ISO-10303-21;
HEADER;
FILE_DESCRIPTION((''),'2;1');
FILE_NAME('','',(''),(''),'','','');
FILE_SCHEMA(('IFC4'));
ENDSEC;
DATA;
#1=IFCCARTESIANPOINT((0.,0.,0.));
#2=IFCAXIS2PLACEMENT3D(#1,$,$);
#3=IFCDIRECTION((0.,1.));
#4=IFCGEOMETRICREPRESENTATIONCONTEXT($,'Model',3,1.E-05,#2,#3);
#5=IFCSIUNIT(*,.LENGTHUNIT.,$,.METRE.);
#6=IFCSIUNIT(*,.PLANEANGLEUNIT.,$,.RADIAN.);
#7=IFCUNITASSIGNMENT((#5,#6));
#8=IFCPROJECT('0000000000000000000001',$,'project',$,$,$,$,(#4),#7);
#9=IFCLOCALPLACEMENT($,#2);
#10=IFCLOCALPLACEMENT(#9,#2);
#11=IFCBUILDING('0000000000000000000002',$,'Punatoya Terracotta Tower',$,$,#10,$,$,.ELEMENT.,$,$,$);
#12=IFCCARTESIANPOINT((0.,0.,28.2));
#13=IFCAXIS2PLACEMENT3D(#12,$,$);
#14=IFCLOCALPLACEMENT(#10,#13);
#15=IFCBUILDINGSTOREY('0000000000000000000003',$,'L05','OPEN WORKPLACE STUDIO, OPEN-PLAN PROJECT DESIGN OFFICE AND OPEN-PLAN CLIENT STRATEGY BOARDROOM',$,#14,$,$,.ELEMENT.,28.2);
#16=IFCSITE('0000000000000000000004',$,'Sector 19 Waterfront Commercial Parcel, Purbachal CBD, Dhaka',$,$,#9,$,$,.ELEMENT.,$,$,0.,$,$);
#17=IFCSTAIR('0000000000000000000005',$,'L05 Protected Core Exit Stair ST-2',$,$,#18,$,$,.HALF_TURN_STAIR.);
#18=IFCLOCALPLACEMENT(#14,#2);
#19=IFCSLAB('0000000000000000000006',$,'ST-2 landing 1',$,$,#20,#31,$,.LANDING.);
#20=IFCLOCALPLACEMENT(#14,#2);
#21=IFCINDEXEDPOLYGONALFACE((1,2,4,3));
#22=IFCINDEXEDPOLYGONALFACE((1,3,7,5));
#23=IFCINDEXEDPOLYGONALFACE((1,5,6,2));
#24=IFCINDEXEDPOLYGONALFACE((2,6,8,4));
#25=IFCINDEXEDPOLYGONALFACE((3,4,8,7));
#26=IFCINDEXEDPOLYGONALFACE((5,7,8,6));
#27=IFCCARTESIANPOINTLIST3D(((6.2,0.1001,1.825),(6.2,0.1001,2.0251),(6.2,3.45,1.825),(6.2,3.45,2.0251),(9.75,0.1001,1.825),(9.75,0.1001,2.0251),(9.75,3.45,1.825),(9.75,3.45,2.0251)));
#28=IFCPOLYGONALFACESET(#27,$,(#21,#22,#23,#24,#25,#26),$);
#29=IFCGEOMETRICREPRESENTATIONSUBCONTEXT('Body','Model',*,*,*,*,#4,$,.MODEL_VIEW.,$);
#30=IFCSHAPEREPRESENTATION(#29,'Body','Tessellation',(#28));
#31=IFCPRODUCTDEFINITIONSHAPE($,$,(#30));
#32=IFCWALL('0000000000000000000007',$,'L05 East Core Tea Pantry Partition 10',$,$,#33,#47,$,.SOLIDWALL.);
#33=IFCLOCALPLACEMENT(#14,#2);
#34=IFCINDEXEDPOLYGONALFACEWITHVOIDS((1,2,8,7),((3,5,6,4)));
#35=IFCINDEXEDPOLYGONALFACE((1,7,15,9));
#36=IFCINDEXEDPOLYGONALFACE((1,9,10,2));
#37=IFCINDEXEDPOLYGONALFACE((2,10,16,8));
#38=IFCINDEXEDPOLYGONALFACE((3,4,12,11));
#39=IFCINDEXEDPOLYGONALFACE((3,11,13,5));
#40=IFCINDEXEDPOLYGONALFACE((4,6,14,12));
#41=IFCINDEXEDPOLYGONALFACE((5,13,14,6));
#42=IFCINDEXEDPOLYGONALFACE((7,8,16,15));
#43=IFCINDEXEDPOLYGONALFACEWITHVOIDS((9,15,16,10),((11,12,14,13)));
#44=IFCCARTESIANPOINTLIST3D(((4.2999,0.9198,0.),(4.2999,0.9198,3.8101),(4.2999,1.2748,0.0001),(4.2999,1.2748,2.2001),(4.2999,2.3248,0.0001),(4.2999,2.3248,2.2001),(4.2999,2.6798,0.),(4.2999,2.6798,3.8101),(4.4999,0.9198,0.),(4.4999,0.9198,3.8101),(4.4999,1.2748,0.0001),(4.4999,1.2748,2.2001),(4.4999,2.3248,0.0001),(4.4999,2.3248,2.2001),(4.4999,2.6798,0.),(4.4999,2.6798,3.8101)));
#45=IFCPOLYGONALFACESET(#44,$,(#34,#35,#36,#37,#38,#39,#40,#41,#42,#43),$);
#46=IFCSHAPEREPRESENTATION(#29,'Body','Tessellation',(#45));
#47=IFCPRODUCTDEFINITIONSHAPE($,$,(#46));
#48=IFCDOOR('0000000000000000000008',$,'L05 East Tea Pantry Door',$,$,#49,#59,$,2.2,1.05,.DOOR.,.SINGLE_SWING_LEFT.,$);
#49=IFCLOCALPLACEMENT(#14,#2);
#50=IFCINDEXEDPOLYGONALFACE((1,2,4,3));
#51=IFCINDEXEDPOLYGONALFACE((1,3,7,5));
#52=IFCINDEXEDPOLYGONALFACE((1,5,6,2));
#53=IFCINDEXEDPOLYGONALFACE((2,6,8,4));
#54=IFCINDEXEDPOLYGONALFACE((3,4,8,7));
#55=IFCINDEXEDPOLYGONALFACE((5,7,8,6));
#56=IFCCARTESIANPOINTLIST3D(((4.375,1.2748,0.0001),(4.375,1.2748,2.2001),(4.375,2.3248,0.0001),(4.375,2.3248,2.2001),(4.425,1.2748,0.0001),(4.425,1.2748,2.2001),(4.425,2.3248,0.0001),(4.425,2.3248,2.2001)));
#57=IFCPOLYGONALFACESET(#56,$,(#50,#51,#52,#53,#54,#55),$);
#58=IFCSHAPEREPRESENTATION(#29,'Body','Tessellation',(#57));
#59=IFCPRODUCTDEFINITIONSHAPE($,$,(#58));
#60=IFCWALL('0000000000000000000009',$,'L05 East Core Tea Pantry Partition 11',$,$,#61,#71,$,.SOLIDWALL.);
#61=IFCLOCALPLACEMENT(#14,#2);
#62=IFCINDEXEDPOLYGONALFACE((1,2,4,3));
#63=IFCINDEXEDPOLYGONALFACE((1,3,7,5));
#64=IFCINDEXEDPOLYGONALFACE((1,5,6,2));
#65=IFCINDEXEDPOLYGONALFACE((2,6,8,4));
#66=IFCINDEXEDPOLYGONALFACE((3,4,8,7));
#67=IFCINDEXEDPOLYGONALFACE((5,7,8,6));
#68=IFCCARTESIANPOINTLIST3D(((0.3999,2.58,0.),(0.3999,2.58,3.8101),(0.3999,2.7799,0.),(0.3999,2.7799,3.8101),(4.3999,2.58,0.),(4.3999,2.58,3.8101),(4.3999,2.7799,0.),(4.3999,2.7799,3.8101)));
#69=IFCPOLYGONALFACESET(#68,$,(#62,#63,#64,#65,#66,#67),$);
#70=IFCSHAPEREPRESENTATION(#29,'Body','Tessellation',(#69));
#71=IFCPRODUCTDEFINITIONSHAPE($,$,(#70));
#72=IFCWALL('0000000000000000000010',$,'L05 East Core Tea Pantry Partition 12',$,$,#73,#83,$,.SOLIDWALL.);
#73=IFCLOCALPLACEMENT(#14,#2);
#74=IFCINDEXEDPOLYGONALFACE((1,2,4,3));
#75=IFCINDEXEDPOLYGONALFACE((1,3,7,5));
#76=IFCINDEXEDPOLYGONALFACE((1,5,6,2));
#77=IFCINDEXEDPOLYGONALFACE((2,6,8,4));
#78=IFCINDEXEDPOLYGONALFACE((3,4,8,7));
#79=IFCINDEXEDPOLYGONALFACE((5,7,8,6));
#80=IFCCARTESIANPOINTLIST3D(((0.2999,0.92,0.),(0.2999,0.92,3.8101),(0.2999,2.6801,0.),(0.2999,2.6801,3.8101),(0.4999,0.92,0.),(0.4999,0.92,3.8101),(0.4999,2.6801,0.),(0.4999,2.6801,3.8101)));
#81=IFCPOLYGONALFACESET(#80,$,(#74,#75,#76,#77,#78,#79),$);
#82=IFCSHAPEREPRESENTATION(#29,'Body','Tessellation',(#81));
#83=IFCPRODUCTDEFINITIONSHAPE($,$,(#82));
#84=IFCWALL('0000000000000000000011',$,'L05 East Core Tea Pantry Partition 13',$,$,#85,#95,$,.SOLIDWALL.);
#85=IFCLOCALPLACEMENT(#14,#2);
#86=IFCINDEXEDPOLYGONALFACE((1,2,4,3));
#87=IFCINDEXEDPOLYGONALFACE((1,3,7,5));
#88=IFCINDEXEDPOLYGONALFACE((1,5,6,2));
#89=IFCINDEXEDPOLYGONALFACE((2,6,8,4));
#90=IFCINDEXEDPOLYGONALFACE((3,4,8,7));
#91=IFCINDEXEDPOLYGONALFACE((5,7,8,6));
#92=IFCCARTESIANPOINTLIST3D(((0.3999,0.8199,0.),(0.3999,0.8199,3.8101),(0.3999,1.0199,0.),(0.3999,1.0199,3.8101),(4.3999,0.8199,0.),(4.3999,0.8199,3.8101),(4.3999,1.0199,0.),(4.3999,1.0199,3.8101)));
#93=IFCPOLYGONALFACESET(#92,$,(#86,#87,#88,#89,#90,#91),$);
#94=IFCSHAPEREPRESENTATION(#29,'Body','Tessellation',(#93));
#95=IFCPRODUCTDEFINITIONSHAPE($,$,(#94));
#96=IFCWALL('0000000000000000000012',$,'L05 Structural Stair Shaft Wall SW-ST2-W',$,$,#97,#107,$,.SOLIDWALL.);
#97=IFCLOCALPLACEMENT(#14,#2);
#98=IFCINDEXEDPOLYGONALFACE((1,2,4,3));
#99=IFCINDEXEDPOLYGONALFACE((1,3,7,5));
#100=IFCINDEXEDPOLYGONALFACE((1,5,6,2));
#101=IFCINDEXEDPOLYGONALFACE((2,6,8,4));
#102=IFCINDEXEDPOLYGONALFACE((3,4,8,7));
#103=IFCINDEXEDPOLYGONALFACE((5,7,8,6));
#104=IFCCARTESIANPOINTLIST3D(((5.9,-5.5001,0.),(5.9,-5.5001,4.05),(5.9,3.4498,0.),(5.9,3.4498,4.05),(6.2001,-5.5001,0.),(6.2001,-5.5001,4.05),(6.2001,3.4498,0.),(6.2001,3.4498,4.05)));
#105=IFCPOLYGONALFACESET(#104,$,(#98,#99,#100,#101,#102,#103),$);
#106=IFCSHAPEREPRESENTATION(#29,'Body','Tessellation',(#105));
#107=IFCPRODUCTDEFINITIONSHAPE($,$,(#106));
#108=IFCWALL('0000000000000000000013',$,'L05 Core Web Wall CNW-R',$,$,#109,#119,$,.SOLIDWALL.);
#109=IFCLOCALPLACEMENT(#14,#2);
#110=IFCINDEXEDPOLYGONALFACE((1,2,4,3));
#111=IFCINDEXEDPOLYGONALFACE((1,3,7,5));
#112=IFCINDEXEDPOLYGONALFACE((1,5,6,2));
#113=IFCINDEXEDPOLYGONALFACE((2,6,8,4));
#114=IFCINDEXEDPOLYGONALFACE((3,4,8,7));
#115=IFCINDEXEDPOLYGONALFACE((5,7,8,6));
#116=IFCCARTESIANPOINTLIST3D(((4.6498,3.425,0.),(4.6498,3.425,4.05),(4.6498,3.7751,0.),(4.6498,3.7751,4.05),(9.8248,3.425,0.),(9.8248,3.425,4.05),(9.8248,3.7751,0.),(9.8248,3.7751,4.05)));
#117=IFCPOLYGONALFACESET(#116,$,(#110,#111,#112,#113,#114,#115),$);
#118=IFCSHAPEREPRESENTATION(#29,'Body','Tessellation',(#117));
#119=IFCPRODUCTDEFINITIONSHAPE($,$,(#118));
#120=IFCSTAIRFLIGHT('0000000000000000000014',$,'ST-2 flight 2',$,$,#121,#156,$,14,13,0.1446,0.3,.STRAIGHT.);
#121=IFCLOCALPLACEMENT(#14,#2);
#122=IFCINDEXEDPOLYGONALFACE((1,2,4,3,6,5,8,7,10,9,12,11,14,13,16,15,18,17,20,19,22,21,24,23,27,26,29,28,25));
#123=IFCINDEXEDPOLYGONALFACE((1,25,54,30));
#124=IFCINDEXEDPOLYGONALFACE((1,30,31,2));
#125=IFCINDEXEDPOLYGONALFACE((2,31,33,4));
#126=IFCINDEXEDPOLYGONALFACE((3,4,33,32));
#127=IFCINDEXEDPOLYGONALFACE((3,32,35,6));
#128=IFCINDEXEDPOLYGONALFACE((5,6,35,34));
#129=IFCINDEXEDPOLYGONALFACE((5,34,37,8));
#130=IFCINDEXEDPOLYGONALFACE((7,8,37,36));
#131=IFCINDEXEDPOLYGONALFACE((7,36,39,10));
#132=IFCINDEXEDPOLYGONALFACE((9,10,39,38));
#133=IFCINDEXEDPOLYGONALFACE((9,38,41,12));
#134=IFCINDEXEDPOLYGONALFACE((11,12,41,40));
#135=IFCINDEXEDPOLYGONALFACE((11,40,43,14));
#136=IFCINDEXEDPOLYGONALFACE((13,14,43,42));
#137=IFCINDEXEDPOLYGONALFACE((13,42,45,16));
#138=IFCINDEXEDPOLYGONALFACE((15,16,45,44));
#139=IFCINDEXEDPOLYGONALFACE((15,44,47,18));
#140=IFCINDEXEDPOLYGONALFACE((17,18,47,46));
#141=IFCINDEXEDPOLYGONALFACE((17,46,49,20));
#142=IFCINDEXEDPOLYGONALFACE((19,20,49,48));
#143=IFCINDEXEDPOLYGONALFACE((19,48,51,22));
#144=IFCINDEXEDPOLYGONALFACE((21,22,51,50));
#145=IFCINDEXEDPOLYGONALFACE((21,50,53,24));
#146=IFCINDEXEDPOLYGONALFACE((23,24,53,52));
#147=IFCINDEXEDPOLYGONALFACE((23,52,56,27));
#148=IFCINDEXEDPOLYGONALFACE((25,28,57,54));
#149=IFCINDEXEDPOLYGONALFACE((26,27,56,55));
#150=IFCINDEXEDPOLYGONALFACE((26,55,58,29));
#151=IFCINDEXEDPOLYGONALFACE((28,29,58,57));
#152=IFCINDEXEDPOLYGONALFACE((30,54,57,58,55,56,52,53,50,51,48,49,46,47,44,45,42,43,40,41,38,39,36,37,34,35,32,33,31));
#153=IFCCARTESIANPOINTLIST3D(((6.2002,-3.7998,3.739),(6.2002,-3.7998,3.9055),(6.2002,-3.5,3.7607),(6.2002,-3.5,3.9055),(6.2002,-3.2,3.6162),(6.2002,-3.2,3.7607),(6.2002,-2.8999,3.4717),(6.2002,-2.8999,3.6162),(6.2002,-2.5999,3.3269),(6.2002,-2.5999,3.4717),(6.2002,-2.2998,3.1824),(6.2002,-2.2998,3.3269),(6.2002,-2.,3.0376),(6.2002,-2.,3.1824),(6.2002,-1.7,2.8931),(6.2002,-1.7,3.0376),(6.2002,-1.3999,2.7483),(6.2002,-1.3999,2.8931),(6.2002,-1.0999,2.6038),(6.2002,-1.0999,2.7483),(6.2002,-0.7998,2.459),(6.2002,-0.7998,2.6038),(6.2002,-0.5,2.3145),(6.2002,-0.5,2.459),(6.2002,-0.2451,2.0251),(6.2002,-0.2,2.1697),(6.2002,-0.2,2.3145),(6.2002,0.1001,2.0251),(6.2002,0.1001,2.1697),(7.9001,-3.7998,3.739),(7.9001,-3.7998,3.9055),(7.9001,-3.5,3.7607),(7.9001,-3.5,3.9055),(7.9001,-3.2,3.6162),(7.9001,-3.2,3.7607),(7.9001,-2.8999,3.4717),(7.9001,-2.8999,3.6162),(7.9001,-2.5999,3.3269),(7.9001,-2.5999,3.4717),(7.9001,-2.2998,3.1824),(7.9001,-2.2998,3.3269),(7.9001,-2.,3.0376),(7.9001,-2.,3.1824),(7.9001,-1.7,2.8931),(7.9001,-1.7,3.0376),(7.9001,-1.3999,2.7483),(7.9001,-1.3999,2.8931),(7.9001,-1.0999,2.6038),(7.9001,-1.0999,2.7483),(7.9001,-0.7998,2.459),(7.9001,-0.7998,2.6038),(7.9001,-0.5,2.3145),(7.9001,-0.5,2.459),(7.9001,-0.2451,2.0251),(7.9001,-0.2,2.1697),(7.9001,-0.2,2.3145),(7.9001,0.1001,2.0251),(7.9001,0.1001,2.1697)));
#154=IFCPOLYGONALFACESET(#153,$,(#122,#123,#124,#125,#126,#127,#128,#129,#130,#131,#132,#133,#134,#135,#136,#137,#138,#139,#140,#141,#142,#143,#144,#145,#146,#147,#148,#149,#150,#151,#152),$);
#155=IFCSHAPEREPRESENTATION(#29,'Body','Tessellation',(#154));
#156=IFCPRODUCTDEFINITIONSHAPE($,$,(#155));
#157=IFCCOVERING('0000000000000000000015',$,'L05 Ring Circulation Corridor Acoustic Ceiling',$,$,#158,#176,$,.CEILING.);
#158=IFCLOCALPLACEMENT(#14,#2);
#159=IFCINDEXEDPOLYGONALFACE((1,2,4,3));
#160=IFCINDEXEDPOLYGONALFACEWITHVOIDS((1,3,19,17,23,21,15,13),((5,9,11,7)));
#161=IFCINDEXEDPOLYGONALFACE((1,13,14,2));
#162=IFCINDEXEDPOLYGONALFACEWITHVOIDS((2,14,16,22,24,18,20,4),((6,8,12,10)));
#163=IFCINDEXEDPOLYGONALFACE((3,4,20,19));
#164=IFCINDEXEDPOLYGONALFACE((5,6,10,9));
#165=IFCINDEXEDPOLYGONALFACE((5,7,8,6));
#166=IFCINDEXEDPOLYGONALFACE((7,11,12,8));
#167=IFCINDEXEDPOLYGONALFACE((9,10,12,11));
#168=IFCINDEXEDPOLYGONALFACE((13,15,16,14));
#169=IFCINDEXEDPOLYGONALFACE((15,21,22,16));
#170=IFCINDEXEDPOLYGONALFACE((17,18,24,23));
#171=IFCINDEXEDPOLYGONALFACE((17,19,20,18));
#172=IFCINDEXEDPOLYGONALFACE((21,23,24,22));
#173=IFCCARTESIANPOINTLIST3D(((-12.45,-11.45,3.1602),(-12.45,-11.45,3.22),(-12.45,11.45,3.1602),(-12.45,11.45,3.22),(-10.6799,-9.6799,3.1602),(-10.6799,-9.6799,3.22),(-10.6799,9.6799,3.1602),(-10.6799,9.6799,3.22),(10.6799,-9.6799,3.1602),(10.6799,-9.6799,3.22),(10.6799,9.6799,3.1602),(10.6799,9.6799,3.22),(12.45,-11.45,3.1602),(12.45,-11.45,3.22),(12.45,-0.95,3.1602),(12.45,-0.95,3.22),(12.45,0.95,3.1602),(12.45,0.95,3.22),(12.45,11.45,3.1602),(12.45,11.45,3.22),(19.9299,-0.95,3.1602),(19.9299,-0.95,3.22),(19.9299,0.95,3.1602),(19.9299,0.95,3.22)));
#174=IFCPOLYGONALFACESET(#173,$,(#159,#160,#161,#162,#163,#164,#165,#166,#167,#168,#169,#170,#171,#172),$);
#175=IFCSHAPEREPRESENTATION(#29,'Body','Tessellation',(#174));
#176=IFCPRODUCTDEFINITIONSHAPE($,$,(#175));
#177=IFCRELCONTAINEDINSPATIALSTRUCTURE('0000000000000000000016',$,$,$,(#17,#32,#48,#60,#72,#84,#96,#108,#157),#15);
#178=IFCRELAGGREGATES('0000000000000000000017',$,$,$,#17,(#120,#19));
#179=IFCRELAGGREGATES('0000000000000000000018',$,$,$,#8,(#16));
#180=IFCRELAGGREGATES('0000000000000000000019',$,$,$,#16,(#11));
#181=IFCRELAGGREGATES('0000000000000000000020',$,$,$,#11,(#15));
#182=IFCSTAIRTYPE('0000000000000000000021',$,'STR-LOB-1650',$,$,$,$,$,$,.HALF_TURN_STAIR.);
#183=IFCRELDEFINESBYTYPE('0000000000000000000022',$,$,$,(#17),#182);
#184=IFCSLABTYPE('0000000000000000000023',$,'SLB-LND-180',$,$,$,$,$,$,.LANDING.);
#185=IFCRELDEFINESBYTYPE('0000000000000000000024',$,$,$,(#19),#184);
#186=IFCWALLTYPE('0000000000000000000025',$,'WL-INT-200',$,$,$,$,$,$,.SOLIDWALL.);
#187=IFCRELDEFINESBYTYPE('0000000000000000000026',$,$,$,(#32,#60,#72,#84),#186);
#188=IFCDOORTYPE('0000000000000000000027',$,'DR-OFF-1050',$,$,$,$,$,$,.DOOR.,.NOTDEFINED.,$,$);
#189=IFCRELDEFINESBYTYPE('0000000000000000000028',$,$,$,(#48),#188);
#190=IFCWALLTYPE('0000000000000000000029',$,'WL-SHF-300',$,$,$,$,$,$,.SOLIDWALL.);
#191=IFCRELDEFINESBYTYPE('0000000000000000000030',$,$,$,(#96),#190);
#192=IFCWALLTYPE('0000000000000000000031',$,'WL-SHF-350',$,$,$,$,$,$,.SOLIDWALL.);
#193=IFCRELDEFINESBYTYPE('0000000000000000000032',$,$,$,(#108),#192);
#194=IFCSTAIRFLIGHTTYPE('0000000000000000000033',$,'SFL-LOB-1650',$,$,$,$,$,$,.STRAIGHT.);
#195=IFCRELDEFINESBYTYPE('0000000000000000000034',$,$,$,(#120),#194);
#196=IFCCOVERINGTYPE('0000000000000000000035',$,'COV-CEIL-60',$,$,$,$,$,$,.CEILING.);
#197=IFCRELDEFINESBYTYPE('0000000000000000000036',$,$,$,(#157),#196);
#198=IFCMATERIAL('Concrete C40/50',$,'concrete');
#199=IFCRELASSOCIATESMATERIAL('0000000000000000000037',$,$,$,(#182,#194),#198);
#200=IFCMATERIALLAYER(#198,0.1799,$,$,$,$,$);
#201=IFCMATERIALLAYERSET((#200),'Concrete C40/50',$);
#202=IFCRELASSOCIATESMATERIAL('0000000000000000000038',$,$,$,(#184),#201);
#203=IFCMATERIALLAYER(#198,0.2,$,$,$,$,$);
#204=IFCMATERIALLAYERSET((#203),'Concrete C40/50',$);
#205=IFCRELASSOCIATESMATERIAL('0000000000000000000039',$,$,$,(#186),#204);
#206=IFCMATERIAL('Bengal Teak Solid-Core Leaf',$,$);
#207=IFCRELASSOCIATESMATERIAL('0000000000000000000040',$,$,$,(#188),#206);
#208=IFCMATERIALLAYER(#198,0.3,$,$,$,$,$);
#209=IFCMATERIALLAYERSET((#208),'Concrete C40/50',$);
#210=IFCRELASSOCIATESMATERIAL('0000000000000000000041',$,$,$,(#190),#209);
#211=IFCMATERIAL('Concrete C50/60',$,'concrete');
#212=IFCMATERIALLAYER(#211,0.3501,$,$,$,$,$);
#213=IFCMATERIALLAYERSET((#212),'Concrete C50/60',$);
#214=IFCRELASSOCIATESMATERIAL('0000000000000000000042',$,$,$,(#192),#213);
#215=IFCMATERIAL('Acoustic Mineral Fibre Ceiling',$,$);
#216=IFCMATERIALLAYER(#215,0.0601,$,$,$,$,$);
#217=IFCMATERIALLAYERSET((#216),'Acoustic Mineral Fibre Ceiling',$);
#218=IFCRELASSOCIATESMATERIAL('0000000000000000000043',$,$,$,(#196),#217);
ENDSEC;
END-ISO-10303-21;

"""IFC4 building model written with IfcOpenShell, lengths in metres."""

from ifc_helpers import new_model, si_unit, direction, frame, frame_2d, origin, place, context, subcontext, project, spatial, polyline, rectangle, outline, extrude, material, layer, layer_set, type_object, element, fill, aggregate, save


model = new_model("IFC4")

# Units and contexts
model_context = context("Model", 3, precision=1e-05, world=origin(), true_north=direction((0.0, 1.0)))
body_context = subcontext(model_context, "Body", "Model", "MODEL_VIEW")
ifc_project = project(units=[si_unit("LENGTHUNIT", "METRE"), si_unit("PLANEANGLEUNIT", "RADIAN")], contexts=[model_context])

# Site, building, storey
site_placement = place(None, origin())
site = spatial("IfcSite", under=ifc_project, at=site_placement, Name="Sector 19 Waterfront Commercial Parcel, Purbachal CBD, Dhaka", CompositionType="ELEMENT", RefElevation=0.0)
building_placement = place(site_placement, origin())
building = spatial("IfcBuilding", under=site, at=building_placement, Name="Punatoya Terracotta Tower", CompositionType="ELEMENT")
storey_placement = place(building_placement, frame((0.0, 0.0, 28.2)))
storey = spatial("IfcBuildingStorey", under=building, at=storey_placement, Name="L05", Description="OPEN WORKPLACE STUDIO, OPEN-PLAN PROJECT DESIGN OFFICE AND OPEN-PLAN CLIENT STRATEGY BOARDROOM", CompositionType="ELEMENT", Elevation=28.2)

# Stair, slab
ifc_material_1 = material(Name="Concrete C40/50", Category="concrete")
stair_type_1 = type_object("IfcStairType", Name="STR-LOB-1650", PredefinedType="HALF_TURN_STAIR", material=ifc_material_1)
stair_1_placement = place(storey_placement, origin())
stair_1 = element("IfcStair", 1, at=stair_1_placement, inside=storey, type_object=stair_type_1, Name="L05 Protected Core Exit Stair ST-2", PredefinedType="HALF_TURN_STAIR")
ifc_layer_1 = layer(ifc_material_1, 0.1799)
ifc_layer_set_1 = layer_set([ifc_layer_1], Name="Concrete C40/50")
slab_type_1 = type_object("IfcSlabType", Name="SLB-LND-180", PredefinedType="LANDING", material=ifc_layer_set_1)
slab_1_placement = place(storey_placement, frame((0.0, 0.0, 1.825)))
slab_1 = element("IfcSlab", 2, at=slab_1_placement, type_object=slab_type_1, Name="ST-2 landing 1", PredefinedType="LANDING", context=body_context, shape_type="SweptSolid", body=[
    extrude(outline(polyline([(9.75, 0.1001), (9.75, 3.45), (6.2, 3.45), (6.2, 0.1001), (9.75, 0.1001)])), origin(), (0.0, 0.0, 1.0), 0.2002),
])

# Wall, opening, door
ifc_layer_2 = layer(ifc_material_1, 0.2)
ifc_layer_set_2 = layer_set([ifc_layer_2], Name="Concrete C40/50")
wall_type_1 = type_object("IfcWallType", Name="WL-INT-200", PredefinedType="SOLIDWALL", material=ifc_layer_set_2)
wall_1_placement = place(storey_placement, frame((4.3999, 0.9199, 0.0), z_axis=(0.0, 0.0, 1.0), x_axis=(0.0, 1.0, 0.0)))
wall_1 = element("IfcWall", 3, at=wall_1_placement, inside=storey, type_object=wall_type_1, Name="L05 East Core Tea Pantry Partition 10", PredefinedType="SOLIDWALL", context=body_context, shape_type="SweptSolid", body=[
    extrude(rectangle(XDim=1.76, YDim=0.2, at=frame_2d((0.8799, 0.0))), origin(), (0.0, 0.0, 1.0), 3.8101),
])
opening_placement = place(wall_1_placement, frame((0.355, 0.0, 0.0)))
opening = element("IfcOpeningElement", 4, at=opening_placement, cuts=wall_1, PredefinedType="OPENING", context=body_context, shape_type="SweptSolid", body=[
    extrude(rectangle(XDim=1.05, YDim=2.2, at=frame_2d((0.5249, 1.1001))), frame((0.0, 0.1099, 0.0), z_axis=(0.0, -1.0, 0.0), x_axis=(1.0, 0.0, 0.0)), (0.0, 0.0, 1.0), 0.22),
])
ifc_material_2 = material(Name="Bengal Teak Solid-Core Leaf")
door_type = type_object("IfcDoorType", Name="DR-OFF-1050", OperationType="NOTDEFINED", PredefinedType="DOOR", material=ifc_material_2)
door_placement = place(opening_placement, origin())
door = element("IfcDoor", 5, at=door_placement, inside=storey, type_object=door_type, Name="L05 East Tea Pantry Door", OperationType="SINGLE_SWING_LEFT", OverallHeight=2.2, OverallWidth=1.05, PredefinedType="DOOR", context=body_context, shape_type="SweptSolid", body=[
    extrude(rectangle(XDim=1.05, YDim=2.2, at=frame_2d((0.5249, 1.1001))), frame((0.0, 0.0249, 0.0), z_axis=(0.0, -1.0, 0.0), x_axis=(1.0, 0.0, 0.0)), (0.0, 0.0, 1.0), 0.05),
])
fill(opening, door)

# Walls
wall_2_placement = place(storey_placement, frame((4.3999, 2.6799, 0.0), z_axis=(0.0, 0.0, 1.0), x_axis=(-1.0, 0.0, 0.0)))
element("IfcWall", 6, at=wall_2_placement, inside=storey, type_object=wall_type_1, Name="L05 East Core Tea Pantry Partition 11", PredefinedType="SOLIDWALL", context=body_context, shape_type="SweptSolid", body=[
    extrude(rectangle(XDim=4.0, YDim=0.2, at=frame_2d((2.0, 0.0))), origin(), (0.0, 0.0, 1.0), 3.8101),
])
wall_3_placement = place(storey_placement, frame((0.3999, 2.6799, 0.0), z_axis=(0.0, 0.0, 1.0), x_axis=(0.0, -1.0, 0.0)))
element("IfcWall", 7, at=wall_3_placement, inside=storey, type_object=wall_type_1, Name="L05 East Core Tea Pantry Partition 12", PredefinedType="SOLIDWALL", context=body_context, shape_type="SweptSolid", body=[
    extrude(rectangle(XDim=1.76, YDim=0.2, at=frame_2d((0.8799, 0.0))), origin(), (0.0, 0.0, 1.0), 3.8101),
])
wall_4_placement = place(storey_placement, frame((0.3999, 0.9199, 0.0), z_axis=(0.0, 0.0, 1.0), x_axis=(1.0, 0.0, 0.0)))
element("IfcWall", 8, at=wall_4_placement, inside=storey, type_object=wall_type_1, Name="L05 East Core Tea Pantry Partition 13", PredefinedType="SOLIDWALL", context=body_context, shape_type="SweptSolid", body=[
    extrude(rectangle(XDim=4.0, YDim=0.2, at=frame_2d((2.0, 0.0))), origin(), (0.0, 0.0, 1.0), 3.8101),
])
ifc_layer_3 = layer(ifc_material_1, 0.3)
ifc_layer_set_3 = layer_set([ifc_layer_3], Name="Concrete C40/50")
wall_type_2 = type_object("IfcWallType", Name="WL-SHF-300", PredefinedType="SOLIDWALL", material=ifc_layer_set_3)
wall_5_placement = place(storey_placement, frame((6.05, 3.45, 0.0), z_axis=(0.0, 0.0, 1.0), x_axis=(0.0, -1.0, 0.0)))
element("IfcWall", 9, at=wall_5_placement, inside=storey, type_object=wall_type_2, Name="L05 Structural Stair Shaft Wall SW-ST2-W", PredefinedType="SOLIDWALL", context=body_context, shape_type="SweptSolid", body=[
    extrude(rectangle(XDim=8.95, YDim=0.3, at=frame_2d((4.4751, 0.0))), origin(), (0.0, 0.0, 1.0), 4.05),
])
ifc_material_3 = material(Name="Concrete C50/60", Category="concrete")
ifc_layer_4 = layer(ifc_material_3, 0.3501)
ifc_layer_set_4 = layer_set([ifc_layer_4], Name="Concrete C50/60")
wall_type_3 = type_object("IfcWallType", Name="WL-SHF-350", PredefinedType="SOLIDWALL", material=ifc_layer_set_4)
wall_6_placement = place(storey_placement, frame((4.6499, 3.6001, 0.0), z_axis=(0.0, 0.0, 1.0), x_axis=(1.0, 0.0, 0.0)))
element("IfcWall", 10, at=wall_6_placement, inside=storey, type_object=wall_type_3, Name="L05 Core Web Wall CNW-R", PredefinedType="SOLIDWALL", context=body_context, shape_type="SweptSolid", body=[
    extrude(rectangle(XDim=5.175, YDim=0.3501, at=frame_2d((2.5874, 0.0))), origin(), (0.0, 0.0, 1.0), 4.05),
])

# Stair flight
stair_flight_type = type_object("IfcStairFlightType", Name="SFL-LOB-1650", PredefinedType="STRAIGHT", material=ifc_material_1)
stair_flight_placement = place(storey_placement, frame((7.05, 0.1001, 2.0251), z_axis=(0.0, 0.0, 1.0), x_axis=(0.0, -1.0, 0.0)))
stair_flight = element("IfcStairFlight", 11, at=stair_flight_placement, type_object=stair_flight_type, Name="ST-2 flight 2", NumberOfRisers=14, NumberOfTreads=13, PredefinedType="STRAIGHT", RiserHeight=0.1446, TreadLength=0.3, context=body_context, shape_type="SweptSolid", body=[
    extrude(outline(polyline([(0.0, 0.0), (0.0, 0.1445), (0.3, 0.1445), (0.3, 0.2893), (0.6001, 0.2893), (0.6001, 0.4338), (0.8999, 0.4338), (0.8999, 0.5786), (1.2, 0.5786), (1.2, 0.7231), (1.5, 0.7231), (1.5, 0.8679), (1.8, 0.8679), (1.8, 1.0125), (2.1001, 1.0125), (2.1001, 1.1572), (2.3999, 1.1572), (2.3999, 1.3018), (2.7, 1.3018), (2.7, 1.4465), (3.0, 1.4465), (3.0, 1.5911), (3.3, 1.5911), (3.3, 1.7356), (3.6001, 1.7356), (3.6001, 1.8804), (3.8999, 1.8804), (3.8999, 2.0249), (3.8999, 1.7139), (0.3452, 0.0), (0.0, 0.0)])), frame((0.0, 0.8501, 0.0), z_axis=(0.0, -1.0, 0.0), x_axis=(1.0, 0.0, 0.0)), (0.0, 0.0, 1.0), 1.7),
])
aggregate(stair_1, [stair_flight, slab_1])

# Covering
ifc_material_4 = material(Name="Acoustic Mineral Fibre Ceiling")
ifc_layer_5 = layer(ifc_material_4, 0.0601)
ifc_layer_set_5 = layer_set([ifc_layer_5], Name="Acoustic Mineral Fibre Ceiling")
covering_type = type_object("IfcCoveringType", Name="COV-CEIL-60", PredefinedType="CEILING", material=ifc_layer_set_5)
covering_1_placement = place(storey_placement, frame((0.0, 0.0, 3.1602)))
element("IfcCovering", 12, at=covering_1_placement, inside=storey, type_object=covering_type, Name="L05 Ring Circulation Corridor Acoustic Ceiling", PredefinedType="CEILING", context=body_context, shape_type="SweptSolid", body=[
    extrude(outline(polyline([(12.45, -0.95), (19.9299, -0.95), (19.9299, 0.95), (12.45, 0.95), (12.45, 11.45), (-12.45, 11.45), (-12.45, -11.45), (12.45, -11.45), (12.45, -0.95)]), holes=[polyline([(-10.6799, -9.6799), (-10.6799, 9.6799), (10.6799, 9.6799), (10.6799, -9.6799), (-10.6799, -9.6799)])]), origin(), (0.0, 0.0, 1.0), 0.0598),
])

save(model, "model.ifc")
